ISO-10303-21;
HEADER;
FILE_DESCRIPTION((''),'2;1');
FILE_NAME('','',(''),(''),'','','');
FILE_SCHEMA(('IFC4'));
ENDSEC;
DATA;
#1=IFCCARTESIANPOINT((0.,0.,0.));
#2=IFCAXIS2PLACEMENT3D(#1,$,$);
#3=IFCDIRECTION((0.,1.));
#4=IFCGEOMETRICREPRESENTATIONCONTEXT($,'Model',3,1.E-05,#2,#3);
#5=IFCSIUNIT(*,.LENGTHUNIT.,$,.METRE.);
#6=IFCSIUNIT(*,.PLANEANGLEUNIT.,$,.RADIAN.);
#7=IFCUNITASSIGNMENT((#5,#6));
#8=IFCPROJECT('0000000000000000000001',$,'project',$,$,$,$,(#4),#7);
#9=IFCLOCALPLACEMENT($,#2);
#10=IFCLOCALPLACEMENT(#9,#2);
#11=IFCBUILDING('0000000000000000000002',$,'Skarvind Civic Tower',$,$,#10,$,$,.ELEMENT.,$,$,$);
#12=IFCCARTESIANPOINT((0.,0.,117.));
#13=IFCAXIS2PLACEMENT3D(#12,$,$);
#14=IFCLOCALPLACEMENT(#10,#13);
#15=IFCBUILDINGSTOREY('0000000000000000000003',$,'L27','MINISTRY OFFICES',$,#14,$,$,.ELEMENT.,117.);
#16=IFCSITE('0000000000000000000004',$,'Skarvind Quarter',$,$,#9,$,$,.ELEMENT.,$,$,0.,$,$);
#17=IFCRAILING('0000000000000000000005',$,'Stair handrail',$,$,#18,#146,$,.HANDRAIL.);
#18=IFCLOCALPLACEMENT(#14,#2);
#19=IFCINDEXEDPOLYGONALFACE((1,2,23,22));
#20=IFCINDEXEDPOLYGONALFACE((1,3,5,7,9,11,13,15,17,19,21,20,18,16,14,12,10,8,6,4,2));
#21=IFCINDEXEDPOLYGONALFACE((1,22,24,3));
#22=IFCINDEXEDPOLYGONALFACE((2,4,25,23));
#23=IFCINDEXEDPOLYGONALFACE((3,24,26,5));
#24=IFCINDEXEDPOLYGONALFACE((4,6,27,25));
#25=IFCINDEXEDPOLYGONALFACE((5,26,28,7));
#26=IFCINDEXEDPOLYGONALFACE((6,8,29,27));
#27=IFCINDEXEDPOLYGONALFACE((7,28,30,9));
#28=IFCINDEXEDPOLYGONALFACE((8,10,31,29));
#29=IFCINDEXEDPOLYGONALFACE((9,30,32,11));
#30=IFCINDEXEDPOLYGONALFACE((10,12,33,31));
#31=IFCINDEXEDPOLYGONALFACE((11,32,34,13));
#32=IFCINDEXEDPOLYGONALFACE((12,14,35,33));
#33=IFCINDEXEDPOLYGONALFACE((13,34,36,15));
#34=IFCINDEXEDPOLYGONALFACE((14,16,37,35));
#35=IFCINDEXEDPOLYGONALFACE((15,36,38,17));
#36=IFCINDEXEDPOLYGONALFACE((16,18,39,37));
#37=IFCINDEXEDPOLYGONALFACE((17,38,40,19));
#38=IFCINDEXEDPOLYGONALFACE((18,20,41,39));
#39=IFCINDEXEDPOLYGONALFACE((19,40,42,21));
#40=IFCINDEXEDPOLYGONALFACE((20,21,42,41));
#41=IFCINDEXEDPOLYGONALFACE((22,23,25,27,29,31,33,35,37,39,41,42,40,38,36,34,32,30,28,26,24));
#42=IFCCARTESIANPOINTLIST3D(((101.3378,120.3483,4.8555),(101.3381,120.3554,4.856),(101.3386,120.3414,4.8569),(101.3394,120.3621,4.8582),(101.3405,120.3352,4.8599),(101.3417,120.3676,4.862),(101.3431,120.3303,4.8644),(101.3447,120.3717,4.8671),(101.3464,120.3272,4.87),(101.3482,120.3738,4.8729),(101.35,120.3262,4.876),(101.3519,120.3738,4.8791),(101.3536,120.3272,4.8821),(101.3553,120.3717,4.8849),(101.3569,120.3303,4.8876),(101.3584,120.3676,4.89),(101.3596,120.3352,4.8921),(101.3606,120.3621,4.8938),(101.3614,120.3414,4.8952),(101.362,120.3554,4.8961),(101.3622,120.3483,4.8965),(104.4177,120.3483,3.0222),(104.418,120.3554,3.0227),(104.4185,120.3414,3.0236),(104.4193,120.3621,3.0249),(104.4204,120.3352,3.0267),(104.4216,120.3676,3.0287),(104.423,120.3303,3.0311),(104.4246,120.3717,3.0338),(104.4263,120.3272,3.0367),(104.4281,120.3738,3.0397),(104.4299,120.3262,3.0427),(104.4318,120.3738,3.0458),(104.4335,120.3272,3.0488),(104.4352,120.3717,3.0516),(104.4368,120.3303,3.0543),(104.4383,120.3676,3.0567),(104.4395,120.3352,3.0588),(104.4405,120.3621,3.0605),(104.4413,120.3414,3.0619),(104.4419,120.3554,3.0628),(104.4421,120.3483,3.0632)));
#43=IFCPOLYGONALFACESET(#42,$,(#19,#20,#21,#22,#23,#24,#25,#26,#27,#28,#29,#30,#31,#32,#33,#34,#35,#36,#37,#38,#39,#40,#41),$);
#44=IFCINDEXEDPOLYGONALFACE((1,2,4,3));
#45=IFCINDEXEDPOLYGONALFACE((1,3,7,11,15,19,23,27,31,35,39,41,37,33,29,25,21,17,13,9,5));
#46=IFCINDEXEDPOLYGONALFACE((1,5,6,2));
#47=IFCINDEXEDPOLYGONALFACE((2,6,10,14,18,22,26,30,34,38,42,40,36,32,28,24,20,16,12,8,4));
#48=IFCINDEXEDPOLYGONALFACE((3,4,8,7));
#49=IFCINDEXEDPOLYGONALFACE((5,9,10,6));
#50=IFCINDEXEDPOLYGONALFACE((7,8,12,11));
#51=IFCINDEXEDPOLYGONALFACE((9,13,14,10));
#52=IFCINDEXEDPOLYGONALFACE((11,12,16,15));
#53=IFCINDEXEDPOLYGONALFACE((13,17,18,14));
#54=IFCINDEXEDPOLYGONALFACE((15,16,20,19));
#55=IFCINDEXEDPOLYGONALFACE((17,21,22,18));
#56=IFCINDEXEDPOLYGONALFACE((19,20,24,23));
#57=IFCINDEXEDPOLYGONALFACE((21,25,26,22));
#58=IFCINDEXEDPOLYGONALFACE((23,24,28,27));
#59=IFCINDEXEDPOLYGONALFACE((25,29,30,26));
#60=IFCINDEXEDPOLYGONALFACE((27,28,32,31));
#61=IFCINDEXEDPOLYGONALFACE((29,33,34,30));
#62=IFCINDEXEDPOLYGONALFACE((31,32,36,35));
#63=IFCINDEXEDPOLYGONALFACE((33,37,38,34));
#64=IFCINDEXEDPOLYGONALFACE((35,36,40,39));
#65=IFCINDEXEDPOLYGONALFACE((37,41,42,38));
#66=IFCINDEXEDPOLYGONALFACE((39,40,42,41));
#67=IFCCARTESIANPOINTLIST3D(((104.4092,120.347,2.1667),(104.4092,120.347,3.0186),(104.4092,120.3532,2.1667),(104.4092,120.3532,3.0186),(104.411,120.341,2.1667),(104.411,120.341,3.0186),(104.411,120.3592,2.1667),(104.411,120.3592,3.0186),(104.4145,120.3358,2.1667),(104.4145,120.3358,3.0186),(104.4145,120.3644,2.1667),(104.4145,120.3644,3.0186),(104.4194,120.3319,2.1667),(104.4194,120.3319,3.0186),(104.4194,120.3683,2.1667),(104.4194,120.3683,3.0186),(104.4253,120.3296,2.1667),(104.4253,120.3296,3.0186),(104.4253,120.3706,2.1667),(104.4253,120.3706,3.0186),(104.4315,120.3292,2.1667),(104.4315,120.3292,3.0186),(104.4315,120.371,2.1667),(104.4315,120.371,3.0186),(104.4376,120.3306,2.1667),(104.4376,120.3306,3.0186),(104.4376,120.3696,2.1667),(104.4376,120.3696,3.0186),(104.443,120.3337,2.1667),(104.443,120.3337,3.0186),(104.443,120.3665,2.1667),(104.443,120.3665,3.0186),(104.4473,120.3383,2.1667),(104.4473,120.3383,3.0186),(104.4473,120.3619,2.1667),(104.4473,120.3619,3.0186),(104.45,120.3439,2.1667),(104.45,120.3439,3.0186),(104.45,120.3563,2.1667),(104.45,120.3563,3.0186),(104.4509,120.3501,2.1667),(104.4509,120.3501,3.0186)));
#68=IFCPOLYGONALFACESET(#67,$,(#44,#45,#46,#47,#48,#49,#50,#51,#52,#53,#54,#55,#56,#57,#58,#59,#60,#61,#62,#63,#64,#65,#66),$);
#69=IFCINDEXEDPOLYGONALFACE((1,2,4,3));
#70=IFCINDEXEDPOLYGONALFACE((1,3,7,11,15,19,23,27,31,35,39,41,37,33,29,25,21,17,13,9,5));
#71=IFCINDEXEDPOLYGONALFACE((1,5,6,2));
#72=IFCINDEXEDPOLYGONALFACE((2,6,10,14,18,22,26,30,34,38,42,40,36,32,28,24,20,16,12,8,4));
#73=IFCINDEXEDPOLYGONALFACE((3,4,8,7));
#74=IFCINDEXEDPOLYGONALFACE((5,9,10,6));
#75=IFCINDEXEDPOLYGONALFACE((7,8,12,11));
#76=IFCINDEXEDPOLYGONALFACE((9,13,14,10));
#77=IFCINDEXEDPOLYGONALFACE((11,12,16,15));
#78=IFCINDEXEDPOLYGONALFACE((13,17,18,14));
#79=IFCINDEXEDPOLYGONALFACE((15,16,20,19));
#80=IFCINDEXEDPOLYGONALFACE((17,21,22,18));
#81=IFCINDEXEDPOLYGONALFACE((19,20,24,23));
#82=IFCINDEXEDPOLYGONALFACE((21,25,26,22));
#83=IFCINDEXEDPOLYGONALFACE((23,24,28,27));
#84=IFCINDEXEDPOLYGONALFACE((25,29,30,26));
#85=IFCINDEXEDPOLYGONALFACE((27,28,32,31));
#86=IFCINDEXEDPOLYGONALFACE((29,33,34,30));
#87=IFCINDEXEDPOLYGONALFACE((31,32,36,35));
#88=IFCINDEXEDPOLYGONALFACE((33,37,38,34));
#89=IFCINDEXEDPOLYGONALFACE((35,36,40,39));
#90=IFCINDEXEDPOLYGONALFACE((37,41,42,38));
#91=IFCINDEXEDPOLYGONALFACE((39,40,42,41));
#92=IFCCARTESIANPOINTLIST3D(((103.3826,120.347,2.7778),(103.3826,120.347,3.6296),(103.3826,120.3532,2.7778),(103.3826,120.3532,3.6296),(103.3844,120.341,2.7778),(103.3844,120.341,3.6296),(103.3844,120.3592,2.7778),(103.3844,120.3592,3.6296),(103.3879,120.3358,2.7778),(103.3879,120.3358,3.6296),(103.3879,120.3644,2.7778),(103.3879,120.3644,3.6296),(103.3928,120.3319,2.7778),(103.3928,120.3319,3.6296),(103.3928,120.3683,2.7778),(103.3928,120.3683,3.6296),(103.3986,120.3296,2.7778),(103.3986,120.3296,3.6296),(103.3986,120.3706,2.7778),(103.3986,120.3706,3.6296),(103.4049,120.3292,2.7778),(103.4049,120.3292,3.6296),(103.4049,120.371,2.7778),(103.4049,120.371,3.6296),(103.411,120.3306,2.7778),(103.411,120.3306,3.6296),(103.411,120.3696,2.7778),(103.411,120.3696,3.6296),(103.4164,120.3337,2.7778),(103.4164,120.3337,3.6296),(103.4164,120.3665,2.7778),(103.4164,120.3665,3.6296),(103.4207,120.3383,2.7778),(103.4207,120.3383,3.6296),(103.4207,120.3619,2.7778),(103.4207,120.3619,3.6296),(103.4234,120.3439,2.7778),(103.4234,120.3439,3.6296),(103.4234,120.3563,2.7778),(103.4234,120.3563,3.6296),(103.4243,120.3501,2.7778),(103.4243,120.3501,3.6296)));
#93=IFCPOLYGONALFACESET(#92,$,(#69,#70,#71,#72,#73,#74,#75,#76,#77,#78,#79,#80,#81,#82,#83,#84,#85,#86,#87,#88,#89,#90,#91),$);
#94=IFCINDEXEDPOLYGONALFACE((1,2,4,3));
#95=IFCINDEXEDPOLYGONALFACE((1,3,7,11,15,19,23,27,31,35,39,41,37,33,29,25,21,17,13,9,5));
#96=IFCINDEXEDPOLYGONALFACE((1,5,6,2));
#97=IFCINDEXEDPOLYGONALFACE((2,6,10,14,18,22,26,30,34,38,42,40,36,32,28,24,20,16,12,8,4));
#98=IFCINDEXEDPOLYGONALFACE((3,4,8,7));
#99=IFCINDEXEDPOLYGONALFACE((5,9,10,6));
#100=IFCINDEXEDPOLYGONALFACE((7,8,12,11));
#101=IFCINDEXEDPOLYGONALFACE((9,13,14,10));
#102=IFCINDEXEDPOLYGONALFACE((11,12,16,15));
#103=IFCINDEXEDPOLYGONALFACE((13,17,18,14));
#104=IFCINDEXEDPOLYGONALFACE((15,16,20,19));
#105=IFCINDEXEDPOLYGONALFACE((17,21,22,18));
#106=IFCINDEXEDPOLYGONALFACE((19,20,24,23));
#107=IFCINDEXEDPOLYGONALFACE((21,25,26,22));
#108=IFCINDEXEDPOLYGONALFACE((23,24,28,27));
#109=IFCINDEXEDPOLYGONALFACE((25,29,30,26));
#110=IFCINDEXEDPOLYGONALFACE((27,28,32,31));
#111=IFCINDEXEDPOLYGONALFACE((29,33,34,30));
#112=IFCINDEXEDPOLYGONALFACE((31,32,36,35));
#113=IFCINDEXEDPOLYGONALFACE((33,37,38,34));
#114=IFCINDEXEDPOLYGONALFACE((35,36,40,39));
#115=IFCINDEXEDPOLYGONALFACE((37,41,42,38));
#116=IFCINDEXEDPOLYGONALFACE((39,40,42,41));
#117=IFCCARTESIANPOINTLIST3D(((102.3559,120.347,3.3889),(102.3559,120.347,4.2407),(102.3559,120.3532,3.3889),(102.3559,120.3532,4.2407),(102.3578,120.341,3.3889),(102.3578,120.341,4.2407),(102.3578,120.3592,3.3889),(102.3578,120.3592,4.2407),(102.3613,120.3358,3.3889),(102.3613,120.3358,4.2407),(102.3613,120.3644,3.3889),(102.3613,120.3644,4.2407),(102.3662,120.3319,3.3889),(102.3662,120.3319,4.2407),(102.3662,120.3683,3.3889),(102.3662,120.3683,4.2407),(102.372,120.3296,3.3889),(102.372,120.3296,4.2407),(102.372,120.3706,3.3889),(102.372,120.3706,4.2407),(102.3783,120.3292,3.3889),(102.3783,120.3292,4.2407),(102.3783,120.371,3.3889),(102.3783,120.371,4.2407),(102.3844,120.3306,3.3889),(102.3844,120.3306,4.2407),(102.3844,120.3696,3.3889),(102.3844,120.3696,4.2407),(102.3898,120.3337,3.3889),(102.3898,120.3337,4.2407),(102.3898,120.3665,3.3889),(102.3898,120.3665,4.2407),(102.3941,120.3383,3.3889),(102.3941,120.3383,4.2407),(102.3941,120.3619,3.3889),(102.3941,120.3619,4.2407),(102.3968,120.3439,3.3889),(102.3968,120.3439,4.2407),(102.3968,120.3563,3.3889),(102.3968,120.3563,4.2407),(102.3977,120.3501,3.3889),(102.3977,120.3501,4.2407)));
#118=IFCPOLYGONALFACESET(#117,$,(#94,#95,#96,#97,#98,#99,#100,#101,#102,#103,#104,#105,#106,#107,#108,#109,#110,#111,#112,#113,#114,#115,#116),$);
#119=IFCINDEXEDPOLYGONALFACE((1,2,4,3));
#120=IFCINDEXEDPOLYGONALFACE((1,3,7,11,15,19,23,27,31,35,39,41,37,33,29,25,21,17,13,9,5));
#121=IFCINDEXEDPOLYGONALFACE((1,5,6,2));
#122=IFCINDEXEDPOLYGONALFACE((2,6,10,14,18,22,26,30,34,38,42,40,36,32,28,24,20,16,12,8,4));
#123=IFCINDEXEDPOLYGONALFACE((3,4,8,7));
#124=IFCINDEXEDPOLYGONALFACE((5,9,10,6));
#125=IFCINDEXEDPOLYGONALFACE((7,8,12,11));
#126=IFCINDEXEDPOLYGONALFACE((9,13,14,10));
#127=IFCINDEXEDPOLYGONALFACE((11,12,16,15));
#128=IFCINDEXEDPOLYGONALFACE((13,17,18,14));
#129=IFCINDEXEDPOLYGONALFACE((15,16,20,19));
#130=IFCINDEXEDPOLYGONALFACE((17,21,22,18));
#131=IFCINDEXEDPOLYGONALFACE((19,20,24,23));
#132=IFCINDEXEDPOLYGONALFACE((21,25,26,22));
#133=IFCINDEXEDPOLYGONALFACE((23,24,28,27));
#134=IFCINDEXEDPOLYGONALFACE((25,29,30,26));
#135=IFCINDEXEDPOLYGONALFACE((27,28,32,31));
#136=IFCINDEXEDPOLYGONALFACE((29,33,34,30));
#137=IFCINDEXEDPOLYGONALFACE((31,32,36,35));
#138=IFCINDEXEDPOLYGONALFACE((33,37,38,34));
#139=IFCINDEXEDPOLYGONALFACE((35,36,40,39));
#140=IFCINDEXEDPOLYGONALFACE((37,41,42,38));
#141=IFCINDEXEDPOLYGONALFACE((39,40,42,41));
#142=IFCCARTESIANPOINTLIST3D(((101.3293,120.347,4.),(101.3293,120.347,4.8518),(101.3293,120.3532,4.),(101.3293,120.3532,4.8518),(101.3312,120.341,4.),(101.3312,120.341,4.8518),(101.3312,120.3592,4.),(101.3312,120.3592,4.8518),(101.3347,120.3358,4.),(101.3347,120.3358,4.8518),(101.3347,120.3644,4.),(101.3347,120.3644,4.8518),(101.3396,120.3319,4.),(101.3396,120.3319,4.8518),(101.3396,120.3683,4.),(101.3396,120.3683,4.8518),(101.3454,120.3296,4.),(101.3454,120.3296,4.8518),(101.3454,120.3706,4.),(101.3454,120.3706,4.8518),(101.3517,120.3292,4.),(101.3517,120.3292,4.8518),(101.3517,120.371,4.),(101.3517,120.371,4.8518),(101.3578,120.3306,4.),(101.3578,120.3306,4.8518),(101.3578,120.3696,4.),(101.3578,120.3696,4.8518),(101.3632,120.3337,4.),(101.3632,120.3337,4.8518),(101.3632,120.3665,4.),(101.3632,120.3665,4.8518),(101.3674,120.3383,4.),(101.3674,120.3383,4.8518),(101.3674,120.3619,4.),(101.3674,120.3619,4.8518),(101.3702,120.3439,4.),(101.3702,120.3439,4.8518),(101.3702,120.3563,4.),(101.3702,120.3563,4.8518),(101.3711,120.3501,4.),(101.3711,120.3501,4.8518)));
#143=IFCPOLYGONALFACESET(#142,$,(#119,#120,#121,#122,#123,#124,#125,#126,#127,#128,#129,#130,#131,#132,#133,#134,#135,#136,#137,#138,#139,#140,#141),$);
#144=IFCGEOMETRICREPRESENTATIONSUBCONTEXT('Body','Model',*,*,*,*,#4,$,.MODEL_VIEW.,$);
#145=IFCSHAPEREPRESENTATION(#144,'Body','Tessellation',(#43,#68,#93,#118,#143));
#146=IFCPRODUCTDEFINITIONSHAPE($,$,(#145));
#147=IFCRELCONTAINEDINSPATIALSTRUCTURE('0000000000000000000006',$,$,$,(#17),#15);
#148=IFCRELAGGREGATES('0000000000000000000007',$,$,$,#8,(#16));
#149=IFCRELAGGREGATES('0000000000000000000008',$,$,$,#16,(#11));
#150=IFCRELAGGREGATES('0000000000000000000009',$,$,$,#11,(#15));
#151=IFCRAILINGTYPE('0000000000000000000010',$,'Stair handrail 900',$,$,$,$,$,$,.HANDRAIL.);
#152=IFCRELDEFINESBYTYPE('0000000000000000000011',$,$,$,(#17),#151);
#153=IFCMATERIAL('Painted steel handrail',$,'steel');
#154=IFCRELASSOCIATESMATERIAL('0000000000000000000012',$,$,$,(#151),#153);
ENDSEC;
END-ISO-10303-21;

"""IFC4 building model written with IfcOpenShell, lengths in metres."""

from ifc_helpers import new_model, si_unit, direction, frame, origin, origin_2d, place, context, subcontext, project, spatial, circle, extrude, material, type_object, element, save


model = new_model("IFC4")

# Units and contexts
model_context = context("Model", 3, precision=1e-05, world=origin(), true_north=direction((0.0, 1.0)))
body_context = subcontext(model_context, "Body", "Model", "MODEL_VIEW")
ifc_project = project(units=[si_unit("LENGTHUNIT", "METRE"), si_unit("PLANEANGLEUNIT", "RADIAN")], contexts=[model_context])

# Site, building, storey
site_placement = place(None, origin())
site = spatial("IfcSite", under=ifc_project, at=site_placement, Name="Skarvind Quarter", CompositionType="ELEMENT", RefElevation=0.0)
building_placement = place(site_placement, origin())
building = spatial("IfcBuilding", under=site, at=building_placement, Name="Skarvind Civic Tower", CompositionType="ELEMENT")
storey_placement = place(building_placement, frame((0.0, 0.0, 117.0)))
storey = spatial("IfcBuildingStorey", under=building, at=storey_placement, Name="L27", Description="MINISTRY OFFICES", CompositionType="ELEMENT", Elevation=117.0)

# Railing
ifc_material_1 = material(Name="Painted steel handrail", Category="steel")
railing_type = type_object("IfcRailingType", Name="Stair handrail 900", PredefinedType="HANDRAIL", material=ifc_material_1)
railing_placement = place(storey_placement, frame((104.4299, 120.3501, 2.1667)))
element("IfcRailing", 1, at=railing_placement, inside=storey, type_object=railing_type, Name="Stair handrail", PredefinedType="HANDRAIL", context=body_context, shape_type="SweptSolid", body=[
    extrude(circle(Radius=0.0239, at=origin_2d()), frame((0.0, 0.0, 0.876), z_axis=(-0.859291, 0.0, 0.511487), x_axis=(0.0, -1.0, 0.0)), (0.0, 0.0, 1.0), 3.5842),
    extrude(circle(Radius=0.021, at=origin_2d()), origin(), (0.0, 0.0, 1.0), 0.8518),
    extrude(circle(Radius=0.021, at=origin_2d()), frame((-1.0266, 0.0, 0.6111)), (0.0, 0.0, 1.0), 0.8518),
    extrude(circle(Radius=0.021, at=origin_2d()), frame((-2.0532, 0.0, 1.2222)), (0.0, 0.0, 1.0), 0.8518),
    extrude(circle(Radius=0.021, at=origin_2d()), frame((-3.0798, 0.0, 1.8333)), (0.0, 0.0, 1.0), 0.8518),
])

save(model, "model.ifc")
